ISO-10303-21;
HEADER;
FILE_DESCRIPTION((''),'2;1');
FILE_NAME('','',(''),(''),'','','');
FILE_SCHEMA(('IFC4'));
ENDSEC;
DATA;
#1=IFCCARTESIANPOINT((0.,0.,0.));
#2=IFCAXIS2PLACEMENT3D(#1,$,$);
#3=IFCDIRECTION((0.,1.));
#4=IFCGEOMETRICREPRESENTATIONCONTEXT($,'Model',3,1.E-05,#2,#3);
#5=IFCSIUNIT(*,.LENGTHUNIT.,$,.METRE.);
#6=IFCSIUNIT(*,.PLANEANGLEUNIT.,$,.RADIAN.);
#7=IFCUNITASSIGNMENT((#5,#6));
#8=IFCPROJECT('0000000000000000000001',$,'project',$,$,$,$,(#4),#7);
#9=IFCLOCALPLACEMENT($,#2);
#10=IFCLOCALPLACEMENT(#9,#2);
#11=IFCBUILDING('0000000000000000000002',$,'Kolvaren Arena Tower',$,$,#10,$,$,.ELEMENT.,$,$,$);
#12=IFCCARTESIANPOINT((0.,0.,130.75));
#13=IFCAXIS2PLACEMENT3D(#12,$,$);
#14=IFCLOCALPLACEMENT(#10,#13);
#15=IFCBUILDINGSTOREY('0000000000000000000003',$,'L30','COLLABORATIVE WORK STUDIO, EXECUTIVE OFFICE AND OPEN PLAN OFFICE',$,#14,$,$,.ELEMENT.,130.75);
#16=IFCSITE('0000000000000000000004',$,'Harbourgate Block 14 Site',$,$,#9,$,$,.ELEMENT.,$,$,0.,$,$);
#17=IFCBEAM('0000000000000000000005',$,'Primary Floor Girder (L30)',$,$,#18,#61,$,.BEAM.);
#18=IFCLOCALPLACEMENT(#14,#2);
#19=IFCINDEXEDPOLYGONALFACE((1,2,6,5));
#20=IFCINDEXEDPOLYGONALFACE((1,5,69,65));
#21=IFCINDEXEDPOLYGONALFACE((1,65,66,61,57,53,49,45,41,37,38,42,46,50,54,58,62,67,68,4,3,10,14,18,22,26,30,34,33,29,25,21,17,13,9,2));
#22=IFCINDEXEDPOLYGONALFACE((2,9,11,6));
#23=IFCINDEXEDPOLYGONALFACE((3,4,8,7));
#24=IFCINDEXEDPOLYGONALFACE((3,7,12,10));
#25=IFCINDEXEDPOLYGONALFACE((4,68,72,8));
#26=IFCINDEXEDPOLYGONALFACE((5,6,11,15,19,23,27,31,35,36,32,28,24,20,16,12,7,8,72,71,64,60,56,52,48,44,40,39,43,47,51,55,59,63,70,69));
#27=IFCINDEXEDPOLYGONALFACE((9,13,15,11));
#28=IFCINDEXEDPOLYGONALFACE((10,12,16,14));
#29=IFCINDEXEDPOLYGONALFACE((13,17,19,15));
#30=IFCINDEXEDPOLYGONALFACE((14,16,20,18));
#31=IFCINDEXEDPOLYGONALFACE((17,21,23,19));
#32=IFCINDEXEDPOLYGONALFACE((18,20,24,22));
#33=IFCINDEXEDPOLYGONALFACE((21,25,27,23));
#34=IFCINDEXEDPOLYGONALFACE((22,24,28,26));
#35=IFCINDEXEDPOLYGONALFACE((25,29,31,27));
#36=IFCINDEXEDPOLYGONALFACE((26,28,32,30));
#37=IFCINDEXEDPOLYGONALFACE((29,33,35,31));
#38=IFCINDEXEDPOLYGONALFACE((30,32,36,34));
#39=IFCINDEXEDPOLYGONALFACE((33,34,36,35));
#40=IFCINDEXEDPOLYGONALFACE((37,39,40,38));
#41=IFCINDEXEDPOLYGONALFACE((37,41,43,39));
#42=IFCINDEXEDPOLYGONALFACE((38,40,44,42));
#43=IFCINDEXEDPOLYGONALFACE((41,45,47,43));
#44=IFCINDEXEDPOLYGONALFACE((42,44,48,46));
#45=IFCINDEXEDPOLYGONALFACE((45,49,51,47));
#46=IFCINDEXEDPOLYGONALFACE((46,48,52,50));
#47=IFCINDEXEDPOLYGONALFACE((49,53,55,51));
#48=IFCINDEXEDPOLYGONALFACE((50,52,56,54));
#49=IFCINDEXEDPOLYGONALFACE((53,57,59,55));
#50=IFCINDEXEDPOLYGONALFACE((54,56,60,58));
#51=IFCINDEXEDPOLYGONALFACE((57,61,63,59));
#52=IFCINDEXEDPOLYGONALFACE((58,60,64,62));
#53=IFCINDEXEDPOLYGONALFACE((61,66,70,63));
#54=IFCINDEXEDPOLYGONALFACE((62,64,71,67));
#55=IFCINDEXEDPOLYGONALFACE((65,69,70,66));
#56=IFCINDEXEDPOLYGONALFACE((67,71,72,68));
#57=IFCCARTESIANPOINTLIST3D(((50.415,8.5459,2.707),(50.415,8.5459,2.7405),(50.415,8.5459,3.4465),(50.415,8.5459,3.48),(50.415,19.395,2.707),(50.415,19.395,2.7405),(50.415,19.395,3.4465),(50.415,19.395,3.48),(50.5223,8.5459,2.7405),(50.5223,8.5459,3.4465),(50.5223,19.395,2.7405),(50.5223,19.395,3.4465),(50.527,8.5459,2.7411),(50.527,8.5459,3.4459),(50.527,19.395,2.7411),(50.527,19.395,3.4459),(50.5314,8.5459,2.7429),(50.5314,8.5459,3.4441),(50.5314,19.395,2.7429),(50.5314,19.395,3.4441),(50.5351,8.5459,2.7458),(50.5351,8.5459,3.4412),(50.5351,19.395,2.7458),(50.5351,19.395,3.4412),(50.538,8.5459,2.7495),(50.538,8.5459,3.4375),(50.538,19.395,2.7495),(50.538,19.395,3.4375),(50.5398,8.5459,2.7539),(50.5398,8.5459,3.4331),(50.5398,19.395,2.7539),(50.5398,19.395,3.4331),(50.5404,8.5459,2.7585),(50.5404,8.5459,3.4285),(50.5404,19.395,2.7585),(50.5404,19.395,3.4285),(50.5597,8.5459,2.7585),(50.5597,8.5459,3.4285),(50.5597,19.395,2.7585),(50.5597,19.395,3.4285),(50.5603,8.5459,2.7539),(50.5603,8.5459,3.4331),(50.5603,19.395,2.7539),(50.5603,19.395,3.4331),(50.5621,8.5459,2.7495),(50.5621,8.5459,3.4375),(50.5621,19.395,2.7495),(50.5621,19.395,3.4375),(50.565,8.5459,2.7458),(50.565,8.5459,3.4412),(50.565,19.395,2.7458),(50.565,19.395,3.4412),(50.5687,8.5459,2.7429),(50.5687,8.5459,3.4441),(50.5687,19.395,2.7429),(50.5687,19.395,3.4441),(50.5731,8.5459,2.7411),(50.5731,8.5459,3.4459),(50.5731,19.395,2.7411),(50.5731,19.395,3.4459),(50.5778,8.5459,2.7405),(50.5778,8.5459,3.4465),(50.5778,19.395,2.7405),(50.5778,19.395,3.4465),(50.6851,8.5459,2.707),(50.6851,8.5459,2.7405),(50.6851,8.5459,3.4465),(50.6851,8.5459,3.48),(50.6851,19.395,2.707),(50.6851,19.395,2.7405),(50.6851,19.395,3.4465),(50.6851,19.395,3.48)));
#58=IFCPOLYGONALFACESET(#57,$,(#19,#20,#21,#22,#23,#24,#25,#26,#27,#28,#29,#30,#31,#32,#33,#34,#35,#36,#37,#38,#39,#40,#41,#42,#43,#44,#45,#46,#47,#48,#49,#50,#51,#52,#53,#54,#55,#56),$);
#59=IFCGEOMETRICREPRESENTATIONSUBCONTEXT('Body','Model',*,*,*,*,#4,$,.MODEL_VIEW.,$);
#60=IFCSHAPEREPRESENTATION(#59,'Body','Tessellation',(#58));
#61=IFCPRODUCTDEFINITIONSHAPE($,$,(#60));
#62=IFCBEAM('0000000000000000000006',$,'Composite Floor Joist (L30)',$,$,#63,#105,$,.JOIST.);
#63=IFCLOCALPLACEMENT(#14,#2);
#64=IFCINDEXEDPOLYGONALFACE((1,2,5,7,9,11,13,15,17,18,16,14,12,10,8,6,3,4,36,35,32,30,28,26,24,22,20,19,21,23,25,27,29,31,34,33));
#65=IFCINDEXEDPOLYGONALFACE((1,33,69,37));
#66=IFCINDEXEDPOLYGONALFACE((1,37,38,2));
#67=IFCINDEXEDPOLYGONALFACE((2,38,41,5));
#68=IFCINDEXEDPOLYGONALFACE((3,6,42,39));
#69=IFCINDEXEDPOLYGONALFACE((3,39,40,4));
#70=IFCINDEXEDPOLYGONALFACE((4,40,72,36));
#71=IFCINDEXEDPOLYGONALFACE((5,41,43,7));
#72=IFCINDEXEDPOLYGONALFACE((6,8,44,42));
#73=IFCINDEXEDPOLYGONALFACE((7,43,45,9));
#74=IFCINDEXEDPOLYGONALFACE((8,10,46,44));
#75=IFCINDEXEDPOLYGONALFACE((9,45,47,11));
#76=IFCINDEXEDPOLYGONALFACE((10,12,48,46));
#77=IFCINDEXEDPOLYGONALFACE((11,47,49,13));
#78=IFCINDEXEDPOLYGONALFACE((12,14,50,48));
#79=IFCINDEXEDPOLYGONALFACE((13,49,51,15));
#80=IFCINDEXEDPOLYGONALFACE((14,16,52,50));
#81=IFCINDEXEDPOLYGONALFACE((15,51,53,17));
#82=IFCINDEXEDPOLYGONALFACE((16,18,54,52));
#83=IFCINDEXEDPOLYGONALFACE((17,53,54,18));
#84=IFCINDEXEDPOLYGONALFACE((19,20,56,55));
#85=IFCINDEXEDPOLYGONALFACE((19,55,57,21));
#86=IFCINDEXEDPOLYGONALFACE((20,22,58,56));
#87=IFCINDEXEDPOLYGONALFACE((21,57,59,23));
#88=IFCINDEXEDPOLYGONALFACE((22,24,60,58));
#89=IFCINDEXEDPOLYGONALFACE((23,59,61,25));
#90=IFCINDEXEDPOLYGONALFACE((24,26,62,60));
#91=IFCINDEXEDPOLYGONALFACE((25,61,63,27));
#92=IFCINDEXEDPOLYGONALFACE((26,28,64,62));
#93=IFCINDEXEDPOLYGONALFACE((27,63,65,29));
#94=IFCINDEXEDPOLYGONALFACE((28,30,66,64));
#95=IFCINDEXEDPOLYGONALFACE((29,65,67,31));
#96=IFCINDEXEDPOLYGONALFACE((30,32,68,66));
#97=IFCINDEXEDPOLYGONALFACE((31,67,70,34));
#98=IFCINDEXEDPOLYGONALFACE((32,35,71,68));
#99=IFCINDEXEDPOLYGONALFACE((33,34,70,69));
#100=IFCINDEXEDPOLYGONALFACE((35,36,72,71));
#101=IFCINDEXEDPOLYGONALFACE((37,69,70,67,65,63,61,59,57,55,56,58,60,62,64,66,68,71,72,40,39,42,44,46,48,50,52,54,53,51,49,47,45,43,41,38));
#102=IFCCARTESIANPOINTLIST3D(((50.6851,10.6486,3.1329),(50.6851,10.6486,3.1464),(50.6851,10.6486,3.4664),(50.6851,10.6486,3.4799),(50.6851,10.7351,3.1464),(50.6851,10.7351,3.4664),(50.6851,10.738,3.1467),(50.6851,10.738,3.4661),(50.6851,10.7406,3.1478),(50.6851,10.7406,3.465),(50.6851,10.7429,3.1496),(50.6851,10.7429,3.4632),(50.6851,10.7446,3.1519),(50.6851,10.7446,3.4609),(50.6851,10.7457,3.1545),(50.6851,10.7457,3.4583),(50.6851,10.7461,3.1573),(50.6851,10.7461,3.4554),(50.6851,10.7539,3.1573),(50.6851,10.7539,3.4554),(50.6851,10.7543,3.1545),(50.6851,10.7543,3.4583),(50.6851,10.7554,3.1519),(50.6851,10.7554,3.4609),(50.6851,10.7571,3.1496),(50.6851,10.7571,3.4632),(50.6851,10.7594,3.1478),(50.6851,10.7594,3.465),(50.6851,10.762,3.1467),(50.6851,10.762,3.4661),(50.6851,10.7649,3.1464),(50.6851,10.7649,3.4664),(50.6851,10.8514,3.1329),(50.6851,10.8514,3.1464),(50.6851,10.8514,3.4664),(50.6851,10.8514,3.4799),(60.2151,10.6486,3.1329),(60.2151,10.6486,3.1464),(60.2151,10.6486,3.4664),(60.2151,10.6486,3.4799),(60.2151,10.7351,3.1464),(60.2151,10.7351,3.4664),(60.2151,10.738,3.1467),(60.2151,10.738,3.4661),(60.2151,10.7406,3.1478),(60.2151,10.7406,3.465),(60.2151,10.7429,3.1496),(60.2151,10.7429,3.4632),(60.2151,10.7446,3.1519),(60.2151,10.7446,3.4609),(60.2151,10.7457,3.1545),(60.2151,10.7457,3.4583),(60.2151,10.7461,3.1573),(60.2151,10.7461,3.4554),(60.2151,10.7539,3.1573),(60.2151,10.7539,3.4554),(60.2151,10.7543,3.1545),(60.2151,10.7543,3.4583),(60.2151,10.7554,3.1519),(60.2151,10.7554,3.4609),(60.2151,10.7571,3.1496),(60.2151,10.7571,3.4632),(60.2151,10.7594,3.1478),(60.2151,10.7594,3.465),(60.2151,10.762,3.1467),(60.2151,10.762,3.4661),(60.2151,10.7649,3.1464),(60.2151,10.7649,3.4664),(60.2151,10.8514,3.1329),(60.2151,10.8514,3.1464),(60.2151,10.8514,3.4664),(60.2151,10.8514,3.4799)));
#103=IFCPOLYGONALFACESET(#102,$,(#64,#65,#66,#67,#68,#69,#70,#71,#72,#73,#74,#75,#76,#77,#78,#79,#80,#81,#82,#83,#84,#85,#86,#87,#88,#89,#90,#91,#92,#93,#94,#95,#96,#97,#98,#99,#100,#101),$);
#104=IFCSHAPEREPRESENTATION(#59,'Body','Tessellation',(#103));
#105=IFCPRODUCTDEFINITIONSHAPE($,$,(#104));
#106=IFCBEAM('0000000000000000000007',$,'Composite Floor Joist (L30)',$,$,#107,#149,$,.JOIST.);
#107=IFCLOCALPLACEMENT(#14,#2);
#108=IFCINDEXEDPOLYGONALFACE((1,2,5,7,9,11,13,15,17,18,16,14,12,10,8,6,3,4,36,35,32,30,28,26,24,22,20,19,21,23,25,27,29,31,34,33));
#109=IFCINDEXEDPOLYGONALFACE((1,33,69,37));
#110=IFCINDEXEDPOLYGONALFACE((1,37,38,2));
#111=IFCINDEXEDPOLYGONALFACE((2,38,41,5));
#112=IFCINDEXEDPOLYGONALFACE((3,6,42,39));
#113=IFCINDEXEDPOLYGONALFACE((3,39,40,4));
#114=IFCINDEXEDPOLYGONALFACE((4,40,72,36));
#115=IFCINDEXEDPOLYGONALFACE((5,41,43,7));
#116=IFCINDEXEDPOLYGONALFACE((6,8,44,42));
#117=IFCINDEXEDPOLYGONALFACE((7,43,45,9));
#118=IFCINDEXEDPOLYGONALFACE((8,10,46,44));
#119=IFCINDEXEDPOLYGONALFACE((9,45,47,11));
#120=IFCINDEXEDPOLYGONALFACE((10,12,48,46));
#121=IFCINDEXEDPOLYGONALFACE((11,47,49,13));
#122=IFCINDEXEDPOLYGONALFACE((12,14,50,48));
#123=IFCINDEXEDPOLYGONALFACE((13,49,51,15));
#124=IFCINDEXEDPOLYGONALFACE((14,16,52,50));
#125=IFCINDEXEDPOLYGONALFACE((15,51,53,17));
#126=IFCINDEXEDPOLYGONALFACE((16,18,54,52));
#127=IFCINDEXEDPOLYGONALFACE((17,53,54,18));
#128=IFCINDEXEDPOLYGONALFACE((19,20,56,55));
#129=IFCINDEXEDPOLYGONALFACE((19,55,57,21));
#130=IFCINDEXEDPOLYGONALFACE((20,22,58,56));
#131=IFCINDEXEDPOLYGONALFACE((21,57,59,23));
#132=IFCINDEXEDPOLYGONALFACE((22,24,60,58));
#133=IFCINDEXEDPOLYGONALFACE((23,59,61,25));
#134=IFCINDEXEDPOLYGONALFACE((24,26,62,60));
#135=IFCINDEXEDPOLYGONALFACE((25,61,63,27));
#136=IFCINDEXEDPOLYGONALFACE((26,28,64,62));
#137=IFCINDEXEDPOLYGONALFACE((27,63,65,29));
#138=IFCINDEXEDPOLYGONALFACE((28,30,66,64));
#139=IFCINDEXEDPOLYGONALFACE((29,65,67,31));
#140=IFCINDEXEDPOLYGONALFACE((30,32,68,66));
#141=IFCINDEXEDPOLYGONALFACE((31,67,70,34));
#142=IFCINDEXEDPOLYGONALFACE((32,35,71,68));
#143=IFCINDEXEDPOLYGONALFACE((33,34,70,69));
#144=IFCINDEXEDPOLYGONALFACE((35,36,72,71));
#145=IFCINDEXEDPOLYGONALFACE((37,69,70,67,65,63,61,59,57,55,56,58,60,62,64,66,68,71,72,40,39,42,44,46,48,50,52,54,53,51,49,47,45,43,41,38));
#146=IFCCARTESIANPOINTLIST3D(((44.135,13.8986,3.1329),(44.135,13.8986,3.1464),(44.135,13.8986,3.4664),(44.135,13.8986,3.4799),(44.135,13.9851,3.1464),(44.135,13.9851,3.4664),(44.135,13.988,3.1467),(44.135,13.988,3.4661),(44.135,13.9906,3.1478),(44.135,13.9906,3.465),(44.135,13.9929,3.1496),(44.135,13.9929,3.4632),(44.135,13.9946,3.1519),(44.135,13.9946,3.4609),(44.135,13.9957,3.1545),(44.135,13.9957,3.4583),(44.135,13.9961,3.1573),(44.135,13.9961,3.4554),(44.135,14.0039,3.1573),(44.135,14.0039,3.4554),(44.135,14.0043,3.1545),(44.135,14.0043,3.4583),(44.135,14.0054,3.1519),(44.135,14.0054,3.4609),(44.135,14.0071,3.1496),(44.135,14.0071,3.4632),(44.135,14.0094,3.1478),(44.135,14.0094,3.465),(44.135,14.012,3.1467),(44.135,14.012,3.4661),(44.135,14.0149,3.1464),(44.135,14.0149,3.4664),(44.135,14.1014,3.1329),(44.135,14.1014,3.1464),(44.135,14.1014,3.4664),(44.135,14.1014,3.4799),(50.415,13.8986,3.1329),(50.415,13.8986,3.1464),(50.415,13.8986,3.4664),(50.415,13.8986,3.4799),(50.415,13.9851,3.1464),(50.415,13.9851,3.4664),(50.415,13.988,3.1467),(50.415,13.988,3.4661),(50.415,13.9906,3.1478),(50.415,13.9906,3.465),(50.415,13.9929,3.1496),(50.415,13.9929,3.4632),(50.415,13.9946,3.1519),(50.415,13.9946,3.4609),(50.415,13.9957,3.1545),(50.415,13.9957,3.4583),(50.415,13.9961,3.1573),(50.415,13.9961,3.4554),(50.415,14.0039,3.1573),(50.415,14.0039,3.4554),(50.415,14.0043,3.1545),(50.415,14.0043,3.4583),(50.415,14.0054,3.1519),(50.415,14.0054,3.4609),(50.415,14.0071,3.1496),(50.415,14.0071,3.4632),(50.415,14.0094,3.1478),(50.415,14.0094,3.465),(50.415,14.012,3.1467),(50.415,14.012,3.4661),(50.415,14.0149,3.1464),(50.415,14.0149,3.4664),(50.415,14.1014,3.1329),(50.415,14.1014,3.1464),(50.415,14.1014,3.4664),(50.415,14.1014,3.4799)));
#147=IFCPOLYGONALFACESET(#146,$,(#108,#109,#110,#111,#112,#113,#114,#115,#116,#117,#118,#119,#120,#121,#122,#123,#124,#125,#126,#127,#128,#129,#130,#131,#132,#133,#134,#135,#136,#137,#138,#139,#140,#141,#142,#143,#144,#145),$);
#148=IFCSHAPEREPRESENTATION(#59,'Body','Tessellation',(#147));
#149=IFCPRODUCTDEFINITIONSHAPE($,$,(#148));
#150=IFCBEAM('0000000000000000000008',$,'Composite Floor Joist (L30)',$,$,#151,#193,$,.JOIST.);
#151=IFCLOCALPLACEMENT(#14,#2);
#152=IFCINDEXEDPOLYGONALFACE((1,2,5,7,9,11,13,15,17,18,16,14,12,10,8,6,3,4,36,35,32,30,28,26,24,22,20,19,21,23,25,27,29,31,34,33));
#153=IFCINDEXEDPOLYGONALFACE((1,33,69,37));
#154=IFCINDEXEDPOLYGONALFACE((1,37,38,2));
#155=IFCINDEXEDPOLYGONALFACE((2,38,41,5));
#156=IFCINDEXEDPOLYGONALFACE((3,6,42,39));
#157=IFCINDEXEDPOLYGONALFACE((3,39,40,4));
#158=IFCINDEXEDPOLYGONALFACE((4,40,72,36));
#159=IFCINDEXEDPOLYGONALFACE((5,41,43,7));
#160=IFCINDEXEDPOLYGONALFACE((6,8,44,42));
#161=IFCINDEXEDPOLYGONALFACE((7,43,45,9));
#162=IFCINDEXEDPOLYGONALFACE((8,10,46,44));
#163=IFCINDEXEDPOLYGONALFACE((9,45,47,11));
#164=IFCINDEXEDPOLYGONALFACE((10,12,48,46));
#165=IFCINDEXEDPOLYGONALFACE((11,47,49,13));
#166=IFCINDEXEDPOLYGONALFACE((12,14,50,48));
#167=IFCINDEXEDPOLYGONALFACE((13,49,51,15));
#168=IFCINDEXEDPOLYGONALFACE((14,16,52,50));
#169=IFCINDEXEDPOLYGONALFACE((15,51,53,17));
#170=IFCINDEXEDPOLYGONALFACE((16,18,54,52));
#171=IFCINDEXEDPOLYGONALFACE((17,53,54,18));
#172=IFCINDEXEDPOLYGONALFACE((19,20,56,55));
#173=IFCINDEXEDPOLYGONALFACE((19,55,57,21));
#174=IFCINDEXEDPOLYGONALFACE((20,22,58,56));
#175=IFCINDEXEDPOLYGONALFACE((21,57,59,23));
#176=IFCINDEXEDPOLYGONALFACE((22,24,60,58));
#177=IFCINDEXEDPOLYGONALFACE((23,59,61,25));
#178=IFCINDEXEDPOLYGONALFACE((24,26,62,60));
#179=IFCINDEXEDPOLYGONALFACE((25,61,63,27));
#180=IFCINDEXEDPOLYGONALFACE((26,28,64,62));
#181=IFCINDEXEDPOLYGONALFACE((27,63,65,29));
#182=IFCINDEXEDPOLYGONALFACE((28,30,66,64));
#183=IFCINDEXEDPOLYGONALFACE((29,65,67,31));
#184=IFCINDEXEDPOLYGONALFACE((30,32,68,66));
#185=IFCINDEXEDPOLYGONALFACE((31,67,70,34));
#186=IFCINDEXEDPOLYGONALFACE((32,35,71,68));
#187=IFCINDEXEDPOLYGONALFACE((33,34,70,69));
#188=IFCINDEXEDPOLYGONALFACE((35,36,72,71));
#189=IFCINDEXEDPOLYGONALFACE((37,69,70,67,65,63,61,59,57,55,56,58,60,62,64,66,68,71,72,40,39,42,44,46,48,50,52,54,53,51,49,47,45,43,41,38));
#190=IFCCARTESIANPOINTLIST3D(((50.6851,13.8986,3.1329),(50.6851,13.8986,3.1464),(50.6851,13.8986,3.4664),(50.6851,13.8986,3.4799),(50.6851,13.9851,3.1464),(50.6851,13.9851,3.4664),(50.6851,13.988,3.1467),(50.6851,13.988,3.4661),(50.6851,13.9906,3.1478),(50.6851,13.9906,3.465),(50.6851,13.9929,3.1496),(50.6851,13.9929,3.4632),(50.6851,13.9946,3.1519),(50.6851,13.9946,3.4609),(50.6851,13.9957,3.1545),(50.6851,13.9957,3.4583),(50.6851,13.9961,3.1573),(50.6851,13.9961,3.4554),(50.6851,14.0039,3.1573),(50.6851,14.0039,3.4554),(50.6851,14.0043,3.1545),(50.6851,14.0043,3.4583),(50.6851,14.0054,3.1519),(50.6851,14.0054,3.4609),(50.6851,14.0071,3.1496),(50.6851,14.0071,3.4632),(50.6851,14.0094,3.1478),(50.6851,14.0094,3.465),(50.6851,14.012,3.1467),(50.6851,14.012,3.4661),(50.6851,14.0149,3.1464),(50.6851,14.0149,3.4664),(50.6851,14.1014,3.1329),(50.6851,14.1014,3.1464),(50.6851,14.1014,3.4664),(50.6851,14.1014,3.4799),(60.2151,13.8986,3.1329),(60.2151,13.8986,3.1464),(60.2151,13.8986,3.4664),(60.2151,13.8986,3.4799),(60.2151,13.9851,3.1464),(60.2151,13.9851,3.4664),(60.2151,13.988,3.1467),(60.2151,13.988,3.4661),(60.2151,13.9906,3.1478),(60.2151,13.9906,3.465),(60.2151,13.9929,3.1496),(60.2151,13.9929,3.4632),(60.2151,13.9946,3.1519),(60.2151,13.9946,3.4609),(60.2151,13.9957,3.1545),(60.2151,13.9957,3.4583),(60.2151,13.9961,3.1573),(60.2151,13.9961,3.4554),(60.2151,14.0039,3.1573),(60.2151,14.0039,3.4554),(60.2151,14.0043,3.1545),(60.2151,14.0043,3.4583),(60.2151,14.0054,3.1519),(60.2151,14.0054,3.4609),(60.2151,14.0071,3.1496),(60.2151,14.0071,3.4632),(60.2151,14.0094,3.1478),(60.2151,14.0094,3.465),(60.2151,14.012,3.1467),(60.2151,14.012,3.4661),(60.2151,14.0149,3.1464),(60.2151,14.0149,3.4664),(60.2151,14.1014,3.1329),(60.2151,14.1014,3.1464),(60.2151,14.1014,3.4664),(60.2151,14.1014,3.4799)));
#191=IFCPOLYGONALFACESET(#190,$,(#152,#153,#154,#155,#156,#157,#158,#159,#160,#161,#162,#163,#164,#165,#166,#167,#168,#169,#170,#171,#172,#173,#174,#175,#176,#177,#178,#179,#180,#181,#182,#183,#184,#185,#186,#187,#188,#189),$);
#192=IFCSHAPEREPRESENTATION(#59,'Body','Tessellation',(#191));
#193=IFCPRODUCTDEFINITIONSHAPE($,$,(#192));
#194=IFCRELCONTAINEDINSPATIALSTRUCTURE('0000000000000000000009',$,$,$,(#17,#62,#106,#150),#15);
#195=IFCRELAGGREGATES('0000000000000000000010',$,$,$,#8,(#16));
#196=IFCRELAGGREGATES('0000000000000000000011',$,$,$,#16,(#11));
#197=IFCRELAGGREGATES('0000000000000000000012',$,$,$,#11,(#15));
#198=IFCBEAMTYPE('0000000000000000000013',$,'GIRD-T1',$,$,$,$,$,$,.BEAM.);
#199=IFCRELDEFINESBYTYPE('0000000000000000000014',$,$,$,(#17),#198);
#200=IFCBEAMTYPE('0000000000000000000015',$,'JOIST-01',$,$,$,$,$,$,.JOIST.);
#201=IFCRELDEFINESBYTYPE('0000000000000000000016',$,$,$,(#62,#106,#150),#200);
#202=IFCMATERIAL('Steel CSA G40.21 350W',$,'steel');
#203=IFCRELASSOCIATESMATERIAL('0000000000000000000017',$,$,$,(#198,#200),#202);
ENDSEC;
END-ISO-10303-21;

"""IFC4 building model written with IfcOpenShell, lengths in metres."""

from ifc_helpers import new_model, si_unit, direction, frame, origin, origin_2d, place, context, subcontext, project, spatial, i_section, extrude, material, material_profile, profile_set, type_object, element, save


model = new_model("IFC4")

# Units and contexts
model_context = context("Model", 3, precision=1e-05, world=origin(), true_north=direction((0.0, 1.0)))
body_context = subcontext(model_context, "Body", "Model", "MODEL_VIEW")
ifc_project = project(units=[si_unit("LENGTHUNIT", "METRE"), si_unit("PLANEANGLEUNIT", "RADIAN")], contexts=[model_context])

# Site, building, storey
site_placement = place(None, origin())
site = spatial("IfcSite", under=ifc_project, at=site_placement, Name="Harbourgate Block 14 Site", CompositionType="ELEMENT", RefElevation=0.0)
building_placement = place(site_placement, origin())
building = spatial("IfcBuilding", under=site, at=building_placement, Name="Kolvaren Arena Tower", CompositionType="ELEMENT")
storey_placement = place(building_placement, frame((0.0, 0.0, 130.75)))
storey = spatial("IfcBuildingStorey", under=building, at=storey_placement, Name="L30", Description="COLLABORATIVE WORK STUDIO, EXECUTIVE OFFICE AND OPEN PLAN OFFICE", CompositionType="ELEMENT", Elevation=130.75)

# Beams
ifc_material_1 = material(Name="Steel CSA G40.21 350W", Category="steel")
ifc_material_profile_1 = material_profile(ifc_material_1, i_section(OverallWidth=0.27, OverallDepth=0.7729, WebThickness=0.0193, FlangeThickness=0.0334, FilletRadius=0.0181, at=origin_2d()), Name="W760x257")
ifc_profile_set_1 = profile_set([ifc_material_profile_1], Name="Steel CSA G40.21 350W")
beam_type_1 = type_object("IfcBeamType", Name="GIRD-T1", PredefinedType="BEAM", material=ifc_profile_set_1)
beam_1_placement = place(storey_placement, frame((50.55, 8.5459, 3.0935), z_axis=(0.0, 1.0, 0.0), x_axis=(-1.0, 0.0, 0.0)))
element("IfcBeam", 1, at=beam_1_placement, inside=storey, type_object=beam_type_1, Name="Primary Floor Girder (L30)", PredefinedType="BEAM", context=body_context, shape_type="SweptSolid", body=[
    extrude(i_section(OverallWidth=0.27, OverallDepth=0.7729, WebThickness=0.0193, FlangeThickness=0.0334, FilletRadius=0.0181, at=origin_2d()), origin(), (0.0, 0.0, 1.0), 10.8491),
])
ifc_material_profile_2 = material_profile(ifc_material_1, i_section(OverallWidth=0.2029, OverallDepth=0.3469, WebThickness=0.0078, FlangeThickness=0.0134, FilletRadius=0.011, at=origin_2d()), Name="W360x64")
ifc_profile_set_2 = profile_set([ifc_material_profile_2], Name="Steel CSA G40.21 350W")
beam_type_2 = type_object("IfcBeamType", Name="JOIST-01", PredefinedType="JOIST", material=ifc_profile_set_2)
beam_2_placement = place(storey_placement, frame((50.6851, 10.75, 3.3064), z_axis=(1.0, 0.0, 0.0), x_axis=(0.0, 1.0, 0.0)))
element("IfcBeam", 2, at=beam_2_placement, inside=storey, type_object=beam_type_2, Name="Composite Floor Joist (L30)", PredefinedType="JOIST", context=body_context, shape_type="SweptSolid", body=[
    extrude(i_section(OverallWidth=0.2029, OverallDepth=0.3469, WebThickness=0.0078, FlangeThickness=0.0134, FilletRadius=0.011, at=origin_2d()), origin(), (0.0, 0.0, 1.0), 9.53),
])
beam_3_placement = place(storey_placement, frame((44.135, 14.0, 3.3064), z_axis=(1.0, 0.0, 0.0), x_axis=(0.0, 1.0, 0.0)))
element("IfcBeam", 3, at=beam_3_placement, inside=storey, type_object=beam_type_2, Name="Composite Floor Joist (L30)", PredefinedType="JOIST", context=body_context, shape_type="SweptSolid", body=[
    extrude(i_section(OverallWidth=0.2029, OverallDepth=0.3469, WebThickness=0.0078, FlangeThickness=0.0134, FilletRadius=0.011, at=origin_2d()), origin(), (0.0, 0.0, 1.0), 6.28),
])
beam_4_placement = place(storey_placement, frame((50.6851, 14.0, 3.3064), z_axis=(1.0, 0.0, 0.0), x_axis=(0.0, 1.0, 0.0)))
element("IfcBeam", 4, at=beam_4_placement, inside=storey, type_object=beam_type_2, Name="Composite Floor Joist (L30)", PredefinedType="JOIST", context=body_context, shape_type="SweptSolid", body=[
    extrude(i_section(OverallWidth=0.2029, OverallDepth=0.3469, WebThickness=0.0078, FlangeThickness=0.0134, FilletRadius=0.011, at=origin_2d()), origin(), (0.0, 0.0, 1.0), 9.53),
])

save(model, "model.ifc")
